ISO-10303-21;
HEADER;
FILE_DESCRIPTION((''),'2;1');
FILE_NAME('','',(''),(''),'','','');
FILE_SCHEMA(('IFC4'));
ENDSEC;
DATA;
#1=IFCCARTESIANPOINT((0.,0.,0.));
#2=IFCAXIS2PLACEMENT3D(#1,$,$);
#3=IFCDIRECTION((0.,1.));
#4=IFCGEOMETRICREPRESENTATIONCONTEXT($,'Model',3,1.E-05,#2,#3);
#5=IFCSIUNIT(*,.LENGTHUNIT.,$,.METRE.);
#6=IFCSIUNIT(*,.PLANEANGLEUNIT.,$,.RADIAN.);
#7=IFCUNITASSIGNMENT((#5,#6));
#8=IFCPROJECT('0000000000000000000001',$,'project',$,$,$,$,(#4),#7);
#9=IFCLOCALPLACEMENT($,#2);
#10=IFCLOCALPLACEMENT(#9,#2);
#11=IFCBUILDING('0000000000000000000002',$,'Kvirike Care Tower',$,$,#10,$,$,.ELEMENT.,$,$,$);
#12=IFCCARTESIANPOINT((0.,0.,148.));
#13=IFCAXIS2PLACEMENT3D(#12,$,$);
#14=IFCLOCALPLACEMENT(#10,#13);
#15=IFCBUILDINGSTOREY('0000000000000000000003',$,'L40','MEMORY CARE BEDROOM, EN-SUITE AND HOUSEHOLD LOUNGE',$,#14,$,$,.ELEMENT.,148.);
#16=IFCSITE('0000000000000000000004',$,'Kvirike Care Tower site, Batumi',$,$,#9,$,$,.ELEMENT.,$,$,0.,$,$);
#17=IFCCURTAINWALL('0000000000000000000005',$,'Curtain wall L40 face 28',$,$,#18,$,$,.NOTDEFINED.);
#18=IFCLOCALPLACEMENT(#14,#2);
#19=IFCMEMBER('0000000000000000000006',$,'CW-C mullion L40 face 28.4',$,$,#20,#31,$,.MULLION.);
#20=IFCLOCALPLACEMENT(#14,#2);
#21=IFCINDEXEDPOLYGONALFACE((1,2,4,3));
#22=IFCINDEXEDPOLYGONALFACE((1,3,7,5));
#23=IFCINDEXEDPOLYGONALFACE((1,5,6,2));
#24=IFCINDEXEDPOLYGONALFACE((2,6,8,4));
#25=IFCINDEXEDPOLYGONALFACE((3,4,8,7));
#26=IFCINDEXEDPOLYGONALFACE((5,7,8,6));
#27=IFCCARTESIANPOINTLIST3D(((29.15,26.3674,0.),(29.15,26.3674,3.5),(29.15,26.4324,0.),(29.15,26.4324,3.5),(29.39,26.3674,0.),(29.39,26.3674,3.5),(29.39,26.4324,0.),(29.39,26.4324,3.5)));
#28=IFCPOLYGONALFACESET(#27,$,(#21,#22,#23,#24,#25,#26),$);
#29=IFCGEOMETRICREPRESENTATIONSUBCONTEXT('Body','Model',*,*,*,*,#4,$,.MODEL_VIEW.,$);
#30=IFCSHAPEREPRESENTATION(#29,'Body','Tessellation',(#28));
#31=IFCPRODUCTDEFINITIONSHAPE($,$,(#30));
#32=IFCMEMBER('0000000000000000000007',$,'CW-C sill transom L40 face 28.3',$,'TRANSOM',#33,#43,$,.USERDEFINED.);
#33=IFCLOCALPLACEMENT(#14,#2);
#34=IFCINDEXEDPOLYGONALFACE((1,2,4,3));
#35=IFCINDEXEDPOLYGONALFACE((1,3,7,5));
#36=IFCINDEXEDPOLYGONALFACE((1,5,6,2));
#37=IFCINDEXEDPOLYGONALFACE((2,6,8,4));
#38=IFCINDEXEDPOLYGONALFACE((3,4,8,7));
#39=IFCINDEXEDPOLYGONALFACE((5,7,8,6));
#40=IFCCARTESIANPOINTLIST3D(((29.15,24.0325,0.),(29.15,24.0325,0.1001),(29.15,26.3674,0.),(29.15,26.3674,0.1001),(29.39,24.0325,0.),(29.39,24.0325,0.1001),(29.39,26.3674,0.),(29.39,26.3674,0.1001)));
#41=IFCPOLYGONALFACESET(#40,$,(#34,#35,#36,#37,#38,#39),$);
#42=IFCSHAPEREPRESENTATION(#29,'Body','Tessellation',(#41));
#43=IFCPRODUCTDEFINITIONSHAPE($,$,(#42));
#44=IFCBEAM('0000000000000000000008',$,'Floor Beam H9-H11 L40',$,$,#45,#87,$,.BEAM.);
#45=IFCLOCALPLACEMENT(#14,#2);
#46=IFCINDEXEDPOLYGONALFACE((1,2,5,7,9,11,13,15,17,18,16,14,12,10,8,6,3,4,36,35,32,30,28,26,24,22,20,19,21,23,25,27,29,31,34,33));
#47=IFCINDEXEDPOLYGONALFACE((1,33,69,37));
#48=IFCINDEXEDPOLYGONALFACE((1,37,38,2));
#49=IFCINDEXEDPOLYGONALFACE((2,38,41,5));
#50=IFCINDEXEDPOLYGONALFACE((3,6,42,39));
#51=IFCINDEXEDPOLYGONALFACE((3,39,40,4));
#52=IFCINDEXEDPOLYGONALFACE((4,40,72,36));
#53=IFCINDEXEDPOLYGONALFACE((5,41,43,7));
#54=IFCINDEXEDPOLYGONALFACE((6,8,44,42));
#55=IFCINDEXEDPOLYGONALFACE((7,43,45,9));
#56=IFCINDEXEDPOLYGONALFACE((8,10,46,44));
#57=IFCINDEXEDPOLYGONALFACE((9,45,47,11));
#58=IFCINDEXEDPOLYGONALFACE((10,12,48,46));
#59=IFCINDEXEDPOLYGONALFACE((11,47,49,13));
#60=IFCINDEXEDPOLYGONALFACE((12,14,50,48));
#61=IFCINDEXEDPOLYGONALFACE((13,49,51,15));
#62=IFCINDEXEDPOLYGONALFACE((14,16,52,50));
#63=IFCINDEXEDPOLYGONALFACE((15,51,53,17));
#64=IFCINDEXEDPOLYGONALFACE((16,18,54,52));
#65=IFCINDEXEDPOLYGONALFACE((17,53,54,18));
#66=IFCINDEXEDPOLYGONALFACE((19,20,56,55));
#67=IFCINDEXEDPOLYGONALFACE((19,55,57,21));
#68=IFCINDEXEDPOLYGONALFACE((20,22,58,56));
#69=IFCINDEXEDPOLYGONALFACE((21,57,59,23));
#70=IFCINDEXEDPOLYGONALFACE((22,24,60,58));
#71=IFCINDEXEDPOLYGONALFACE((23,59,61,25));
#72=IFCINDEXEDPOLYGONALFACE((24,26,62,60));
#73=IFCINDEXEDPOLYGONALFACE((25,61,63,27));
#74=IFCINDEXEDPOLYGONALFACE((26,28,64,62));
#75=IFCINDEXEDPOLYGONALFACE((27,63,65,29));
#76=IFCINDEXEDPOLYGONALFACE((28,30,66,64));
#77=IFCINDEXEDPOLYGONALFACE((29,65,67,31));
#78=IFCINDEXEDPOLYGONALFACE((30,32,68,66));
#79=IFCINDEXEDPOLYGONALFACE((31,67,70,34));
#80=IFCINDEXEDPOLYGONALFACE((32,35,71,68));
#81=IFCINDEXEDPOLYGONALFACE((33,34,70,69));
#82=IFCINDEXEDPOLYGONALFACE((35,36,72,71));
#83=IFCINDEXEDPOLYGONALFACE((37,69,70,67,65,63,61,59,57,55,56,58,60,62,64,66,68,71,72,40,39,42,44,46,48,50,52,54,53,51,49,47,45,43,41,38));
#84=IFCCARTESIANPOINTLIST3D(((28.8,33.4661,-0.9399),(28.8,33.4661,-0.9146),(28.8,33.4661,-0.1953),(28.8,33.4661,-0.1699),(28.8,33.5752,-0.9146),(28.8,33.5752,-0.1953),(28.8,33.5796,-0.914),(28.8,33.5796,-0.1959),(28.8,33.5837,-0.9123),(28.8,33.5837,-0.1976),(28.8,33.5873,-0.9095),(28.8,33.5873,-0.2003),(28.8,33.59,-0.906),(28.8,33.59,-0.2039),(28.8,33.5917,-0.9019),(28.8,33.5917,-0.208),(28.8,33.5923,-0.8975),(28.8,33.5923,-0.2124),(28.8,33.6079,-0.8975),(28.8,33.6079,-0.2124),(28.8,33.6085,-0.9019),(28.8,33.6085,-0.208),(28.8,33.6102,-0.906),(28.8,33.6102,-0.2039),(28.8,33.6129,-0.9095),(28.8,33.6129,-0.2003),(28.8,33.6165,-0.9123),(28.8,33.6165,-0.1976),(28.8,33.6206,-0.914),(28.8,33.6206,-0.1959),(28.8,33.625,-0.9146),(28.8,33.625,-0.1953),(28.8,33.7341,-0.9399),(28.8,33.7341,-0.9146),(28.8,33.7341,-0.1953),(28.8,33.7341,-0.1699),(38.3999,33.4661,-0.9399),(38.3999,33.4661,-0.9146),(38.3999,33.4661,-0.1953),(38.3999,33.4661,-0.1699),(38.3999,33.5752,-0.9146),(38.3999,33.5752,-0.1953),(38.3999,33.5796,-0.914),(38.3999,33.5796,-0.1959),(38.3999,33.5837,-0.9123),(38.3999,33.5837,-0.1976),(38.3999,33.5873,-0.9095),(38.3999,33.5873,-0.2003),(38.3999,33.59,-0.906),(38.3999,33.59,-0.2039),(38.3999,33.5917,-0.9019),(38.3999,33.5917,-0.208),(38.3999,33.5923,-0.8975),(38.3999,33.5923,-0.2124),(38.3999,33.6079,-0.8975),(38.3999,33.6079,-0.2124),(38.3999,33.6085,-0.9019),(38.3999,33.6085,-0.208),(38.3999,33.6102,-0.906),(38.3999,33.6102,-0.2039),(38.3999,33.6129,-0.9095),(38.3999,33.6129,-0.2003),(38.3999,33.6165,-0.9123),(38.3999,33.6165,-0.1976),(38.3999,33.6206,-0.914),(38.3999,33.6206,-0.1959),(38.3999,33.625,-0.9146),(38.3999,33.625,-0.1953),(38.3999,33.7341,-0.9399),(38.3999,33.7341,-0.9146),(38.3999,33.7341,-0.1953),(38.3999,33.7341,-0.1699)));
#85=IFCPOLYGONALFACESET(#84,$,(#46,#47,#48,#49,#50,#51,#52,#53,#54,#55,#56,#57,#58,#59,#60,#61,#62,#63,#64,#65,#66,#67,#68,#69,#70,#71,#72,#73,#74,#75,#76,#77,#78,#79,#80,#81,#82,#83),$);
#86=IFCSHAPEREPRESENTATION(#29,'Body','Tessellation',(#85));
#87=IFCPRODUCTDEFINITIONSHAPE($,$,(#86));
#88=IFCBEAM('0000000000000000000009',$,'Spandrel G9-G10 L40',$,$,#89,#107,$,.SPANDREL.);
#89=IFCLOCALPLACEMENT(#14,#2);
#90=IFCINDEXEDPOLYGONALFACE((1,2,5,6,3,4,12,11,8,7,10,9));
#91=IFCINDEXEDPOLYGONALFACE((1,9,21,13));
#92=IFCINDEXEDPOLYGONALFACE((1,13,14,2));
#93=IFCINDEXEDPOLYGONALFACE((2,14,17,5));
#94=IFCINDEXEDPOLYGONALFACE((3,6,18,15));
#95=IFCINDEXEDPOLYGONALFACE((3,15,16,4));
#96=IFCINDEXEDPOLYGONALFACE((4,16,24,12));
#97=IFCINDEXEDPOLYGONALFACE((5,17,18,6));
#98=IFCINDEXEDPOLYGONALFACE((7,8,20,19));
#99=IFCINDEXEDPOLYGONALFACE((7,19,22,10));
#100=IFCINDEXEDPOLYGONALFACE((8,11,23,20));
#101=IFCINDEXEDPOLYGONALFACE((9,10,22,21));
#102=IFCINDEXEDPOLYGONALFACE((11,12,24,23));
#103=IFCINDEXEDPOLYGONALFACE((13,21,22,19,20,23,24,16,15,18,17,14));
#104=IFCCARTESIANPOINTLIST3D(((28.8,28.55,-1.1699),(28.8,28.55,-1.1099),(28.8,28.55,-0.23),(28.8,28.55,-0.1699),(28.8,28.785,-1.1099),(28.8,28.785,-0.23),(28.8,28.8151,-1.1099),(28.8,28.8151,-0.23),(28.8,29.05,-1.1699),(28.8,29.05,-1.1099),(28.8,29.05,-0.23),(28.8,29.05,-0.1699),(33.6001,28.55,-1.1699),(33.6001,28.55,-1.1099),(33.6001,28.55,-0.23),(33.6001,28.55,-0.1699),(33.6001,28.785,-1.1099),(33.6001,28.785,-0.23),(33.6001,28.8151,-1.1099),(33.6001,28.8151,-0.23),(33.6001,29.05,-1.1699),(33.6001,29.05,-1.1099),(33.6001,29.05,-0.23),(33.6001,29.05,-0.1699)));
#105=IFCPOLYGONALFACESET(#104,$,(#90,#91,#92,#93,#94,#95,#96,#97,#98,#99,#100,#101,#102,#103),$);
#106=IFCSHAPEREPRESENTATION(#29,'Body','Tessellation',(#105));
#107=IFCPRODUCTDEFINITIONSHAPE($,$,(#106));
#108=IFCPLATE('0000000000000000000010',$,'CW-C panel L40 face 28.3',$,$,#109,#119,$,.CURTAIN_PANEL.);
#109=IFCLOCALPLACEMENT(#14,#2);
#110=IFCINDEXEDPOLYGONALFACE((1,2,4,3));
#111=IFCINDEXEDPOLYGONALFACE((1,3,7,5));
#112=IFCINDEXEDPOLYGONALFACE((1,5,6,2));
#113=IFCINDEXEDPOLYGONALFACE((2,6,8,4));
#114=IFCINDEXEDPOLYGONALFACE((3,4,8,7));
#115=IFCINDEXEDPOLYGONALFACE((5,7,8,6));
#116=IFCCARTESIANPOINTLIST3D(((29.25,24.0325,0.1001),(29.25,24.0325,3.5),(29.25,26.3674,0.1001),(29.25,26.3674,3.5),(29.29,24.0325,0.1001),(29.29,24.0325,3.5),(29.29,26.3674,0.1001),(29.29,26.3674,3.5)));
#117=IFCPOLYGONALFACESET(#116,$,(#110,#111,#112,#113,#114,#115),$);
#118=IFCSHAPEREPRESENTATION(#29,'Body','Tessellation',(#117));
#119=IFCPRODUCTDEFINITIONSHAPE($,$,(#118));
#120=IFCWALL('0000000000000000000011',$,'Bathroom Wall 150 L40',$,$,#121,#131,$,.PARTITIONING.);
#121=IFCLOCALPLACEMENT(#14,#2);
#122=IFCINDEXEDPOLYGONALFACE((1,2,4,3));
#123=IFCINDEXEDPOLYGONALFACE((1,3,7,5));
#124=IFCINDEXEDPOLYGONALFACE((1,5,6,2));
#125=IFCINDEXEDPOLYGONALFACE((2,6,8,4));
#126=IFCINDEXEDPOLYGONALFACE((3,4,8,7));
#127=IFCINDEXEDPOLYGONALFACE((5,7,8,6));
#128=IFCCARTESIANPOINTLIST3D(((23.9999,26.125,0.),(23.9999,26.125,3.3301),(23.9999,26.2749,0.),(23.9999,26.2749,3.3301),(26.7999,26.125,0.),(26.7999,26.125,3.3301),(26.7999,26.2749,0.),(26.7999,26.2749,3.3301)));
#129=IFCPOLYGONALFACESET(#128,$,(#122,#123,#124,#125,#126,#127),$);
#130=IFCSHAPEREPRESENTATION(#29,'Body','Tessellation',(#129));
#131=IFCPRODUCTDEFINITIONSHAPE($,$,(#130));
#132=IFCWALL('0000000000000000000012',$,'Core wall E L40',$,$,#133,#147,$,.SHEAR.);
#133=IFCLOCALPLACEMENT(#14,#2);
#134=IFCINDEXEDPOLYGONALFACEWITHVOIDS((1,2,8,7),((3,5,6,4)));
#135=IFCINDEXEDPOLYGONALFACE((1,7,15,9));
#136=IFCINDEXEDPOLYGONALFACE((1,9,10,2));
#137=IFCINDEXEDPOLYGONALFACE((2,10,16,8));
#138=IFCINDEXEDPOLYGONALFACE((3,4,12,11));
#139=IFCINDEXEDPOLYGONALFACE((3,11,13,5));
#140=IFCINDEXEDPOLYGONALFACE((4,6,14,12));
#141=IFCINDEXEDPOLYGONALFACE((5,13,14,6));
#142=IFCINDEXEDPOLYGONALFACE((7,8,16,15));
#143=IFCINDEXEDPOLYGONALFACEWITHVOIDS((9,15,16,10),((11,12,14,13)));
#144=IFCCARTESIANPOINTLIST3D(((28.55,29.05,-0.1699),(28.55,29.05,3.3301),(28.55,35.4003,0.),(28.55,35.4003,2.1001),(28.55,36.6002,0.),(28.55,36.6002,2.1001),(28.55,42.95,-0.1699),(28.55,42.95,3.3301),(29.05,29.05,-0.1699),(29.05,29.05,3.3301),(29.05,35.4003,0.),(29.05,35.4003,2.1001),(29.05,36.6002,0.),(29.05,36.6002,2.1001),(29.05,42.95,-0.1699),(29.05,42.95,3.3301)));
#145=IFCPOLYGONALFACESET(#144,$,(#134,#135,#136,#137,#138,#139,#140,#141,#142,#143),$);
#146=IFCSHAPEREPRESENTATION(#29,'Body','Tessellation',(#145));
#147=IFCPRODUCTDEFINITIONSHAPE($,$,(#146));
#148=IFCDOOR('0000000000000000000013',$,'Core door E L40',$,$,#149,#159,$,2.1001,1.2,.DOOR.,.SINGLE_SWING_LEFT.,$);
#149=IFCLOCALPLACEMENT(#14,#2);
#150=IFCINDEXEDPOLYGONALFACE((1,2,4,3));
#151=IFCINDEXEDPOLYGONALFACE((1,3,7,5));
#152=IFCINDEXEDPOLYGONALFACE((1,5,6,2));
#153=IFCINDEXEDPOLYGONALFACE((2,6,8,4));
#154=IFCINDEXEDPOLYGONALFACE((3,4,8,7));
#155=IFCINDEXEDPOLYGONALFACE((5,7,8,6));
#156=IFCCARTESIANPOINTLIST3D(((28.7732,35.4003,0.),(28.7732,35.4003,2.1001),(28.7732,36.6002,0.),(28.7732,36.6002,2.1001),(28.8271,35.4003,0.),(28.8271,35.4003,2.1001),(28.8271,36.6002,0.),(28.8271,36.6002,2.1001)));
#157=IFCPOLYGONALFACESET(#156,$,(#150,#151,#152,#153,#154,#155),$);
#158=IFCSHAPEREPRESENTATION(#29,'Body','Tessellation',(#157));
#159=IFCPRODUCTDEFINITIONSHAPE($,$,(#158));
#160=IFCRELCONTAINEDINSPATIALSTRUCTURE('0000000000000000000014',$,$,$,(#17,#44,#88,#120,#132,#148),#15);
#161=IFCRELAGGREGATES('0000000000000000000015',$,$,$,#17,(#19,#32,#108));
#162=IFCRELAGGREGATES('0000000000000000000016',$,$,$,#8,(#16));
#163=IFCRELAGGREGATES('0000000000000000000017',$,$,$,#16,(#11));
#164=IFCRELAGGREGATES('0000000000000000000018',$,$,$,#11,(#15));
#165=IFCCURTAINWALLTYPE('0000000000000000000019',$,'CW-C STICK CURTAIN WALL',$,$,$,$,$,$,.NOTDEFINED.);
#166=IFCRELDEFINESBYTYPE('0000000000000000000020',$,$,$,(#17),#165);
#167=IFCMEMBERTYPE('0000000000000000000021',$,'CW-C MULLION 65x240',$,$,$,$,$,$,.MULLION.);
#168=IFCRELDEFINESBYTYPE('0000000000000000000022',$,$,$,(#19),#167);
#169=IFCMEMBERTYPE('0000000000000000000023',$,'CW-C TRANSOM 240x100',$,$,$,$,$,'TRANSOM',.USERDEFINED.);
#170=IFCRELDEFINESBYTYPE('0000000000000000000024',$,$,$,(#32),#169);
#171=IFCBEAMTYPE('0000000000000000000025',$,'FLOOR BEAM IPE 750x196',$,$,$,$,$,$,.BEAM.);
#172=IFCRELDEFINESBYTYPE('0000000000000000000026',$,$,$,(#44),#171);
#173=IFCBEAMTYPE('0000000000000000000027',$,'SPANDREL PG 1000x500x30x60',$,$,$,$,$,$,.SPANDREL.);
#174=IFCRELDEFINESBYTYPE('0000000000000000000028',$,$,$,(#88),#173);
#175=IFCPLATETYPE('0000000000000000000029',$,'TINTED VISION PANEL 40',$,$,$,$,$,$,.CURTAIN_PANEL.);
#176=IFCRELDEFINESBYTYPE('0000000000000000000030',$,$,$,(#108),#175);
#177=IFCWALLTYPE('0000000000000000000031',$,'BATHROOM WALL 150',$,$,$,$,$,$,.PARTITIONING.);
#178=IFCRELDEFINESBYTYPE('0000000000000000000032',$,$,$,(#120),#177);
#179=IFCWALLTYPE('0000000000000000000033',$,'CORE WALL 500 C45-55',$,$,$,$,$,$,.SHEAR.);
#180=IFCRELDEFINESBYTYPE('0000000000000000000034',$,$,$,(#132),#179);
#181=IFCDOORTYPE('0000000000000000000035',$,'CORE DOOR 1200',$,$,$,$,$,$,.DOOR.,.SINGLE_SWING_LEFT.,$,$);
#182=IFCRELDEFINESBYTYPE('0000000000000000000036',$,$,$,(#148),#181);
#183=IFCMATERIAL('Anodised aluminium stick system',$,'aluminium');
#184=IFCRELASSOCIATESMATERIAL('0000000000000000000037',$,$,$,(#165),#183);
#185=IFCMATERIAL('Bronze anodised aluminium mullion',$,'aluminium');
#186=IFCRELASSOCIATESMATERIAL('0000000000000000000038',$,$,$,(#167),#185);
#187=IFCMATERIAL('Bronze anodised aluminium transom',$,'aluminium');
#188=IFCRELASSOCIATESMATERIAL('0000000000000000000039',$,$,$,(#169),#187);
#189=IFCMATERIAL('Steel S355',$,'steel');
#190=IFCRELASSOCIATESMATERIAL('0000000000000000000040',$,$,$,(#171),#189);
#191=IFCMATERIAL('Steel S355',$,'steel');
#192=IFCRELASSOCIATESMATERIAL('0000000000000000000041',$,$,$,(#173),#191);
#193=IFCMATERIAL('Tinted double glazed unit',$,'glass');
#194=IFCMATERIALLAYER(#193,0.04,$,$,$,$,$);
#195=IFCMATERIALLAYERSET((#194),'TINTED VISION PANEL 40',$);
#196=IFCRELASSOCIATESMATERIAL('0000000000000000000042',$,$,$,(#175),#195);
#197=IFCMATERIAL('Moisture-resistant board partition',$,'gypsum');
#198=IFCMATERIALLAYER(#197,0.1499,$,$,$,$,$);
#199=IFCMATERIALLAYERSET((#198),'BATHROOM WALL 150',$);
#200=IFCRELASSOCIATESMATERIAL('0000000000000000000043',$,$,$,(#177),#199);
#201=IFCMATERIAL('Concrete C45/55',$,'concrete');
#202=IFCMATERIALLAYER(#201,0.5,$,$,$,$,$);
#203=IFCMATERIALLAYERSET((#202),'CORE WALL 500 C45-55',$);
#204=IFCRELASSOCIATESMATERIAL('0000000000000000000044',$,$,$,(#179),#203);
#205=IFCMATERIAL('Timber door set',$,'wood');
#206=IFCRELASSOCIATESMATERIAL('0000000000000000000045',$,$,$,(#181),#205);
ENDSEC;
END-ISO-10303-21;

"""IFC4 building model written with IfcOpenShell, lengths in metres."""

from ifc_helpers import new_model, si_unit, direction, frame, frame_2d, origin, origin_2d, place, context, subcontext, project, spatial, rectangle, i_section, extrude, material, layer, layer_set, material_profile, profile_set, type_object, element, fill, aggregate, save


model = new_model("IFC4")

# Units and contexts
model_context = context("Model", 3, precision=1e-05, world=origin(), true_north=direction((0.0, 1.0)))
body_context = subcontext(model_context, "Body", "Model", "MODEL_VIEW")
ifc_project = project(units=[si_unit("LENGTHUNIT", "METRE"), si_unit("PLANEANGLEUNIT", "RADIAN")], contexts=[model_context])

# Site, building, storey
site_placement = place(None, origin())
site = spatial("IfcSite", under=ifc_project, at=site_placement, Name="Kvirike Care Tower site, Batumi", CompositionType="ELEMENT", RefElevation=0.0)
building_placement = place(site_placement, origin())
building = spatial("IfcBuilding", under=site, at=building_placement, Name="Kvirike Care Tower", CompositionType="ELEMENT")
storey_placement = place(building_placement, frame((0.0, 0.0, 148.0)))
storey = spatial("IfcBuildingStorey", under=building, at=storey_placement, Name="L40", Description="MEMORY CARE BEDROOM, EN-SUITE AND HOUSEHOLD LOUNGE", CompositionType="ELEMENT", Elevation=148.0)

# Curtain wall, members
ifc_material_1 = material(Name="Anodised aluminium stick system", Category="aluminium")
curtain_wall_type = type_object("IfcCurtainWallType", Name="CW-C STICK CURTAIN WALL", PredefinedType="NOTDEFINED", material=ifc_material_1)
curtain_wall_placement = place(storey_placement, origin())
curtain_wall = element("IfcCurtainWall", 1, at=curtain_wall_placement, inside=storey, type_object=curtain_wall_type, Name="Curtain wall L40 face 28", PredefinedType="NOTDEFINED")
ifc_material_2 = material(Name="Bronze anodised aluminium mullion", Category="aluminium")
ifc_material_profile_1 = material_profile(ifc_material_2, rectangle(XDim=0.0649, YDim=0.24, at=origin_2d()), Name="CW-C MULLION 65x240")
ifc_profile_set_1 = profile_set([ifc_material_profile_1], Name="Bronze anodised aluminium mullion")
member_type_1 = type_object("IfcMemberType", Name="CW-C MULLION 65x240", PredefinedType="MULLION", material=ifc_profile_set_1)
member_1_placement = place(storey_placement, frame((29.27, 26.3999, 0.0), z_axis=(0.0, 0.0, 1.0), x_axis=(0.0, 1.0, 0.0)))
member_1 = element("IfcMember", 2, at=member_1_placement, type_object=member_type_1, Name="CW-C mullion L40 face 28.4", PredefinedType="MULLION", context=body_context, shape_type="SweptSolid", body=[
    extrude(rectangle(XDim=0.0649, YDim=0.24, at=origin_2d()), origin(), (0.0, 0.0, 1.0), 3.5),
])
ifc_material_3 = material(Name="Bronze anodised aluminium transom", Category="aluminium")
ifc_material_profile_2 = material_profile(ifc_material_3, rectangle(XDim=0.24, YDim=0.1001, at=origin_2d()), Name="CW-C TRANSOM 240x100")
ifc_profile_set_2 = profile_set([ifc_material_profile_2], Name="Bronze anodised aluminium transom")
member_type_2 = type_object("IfcMemberType", Name="CW-C TRANSOM 240x100", ElementType="TRANSOM", PredefinedType="USERDEFINED", material=ifc_profile_set_2)
member_2_placement = place(storey_placement, frame((29.27, 24.0325, 0.05), z_axis=(0.0, 1.0, 0.0), x_axis=(-1.0, 0.0, 0.0)))
member_2 = element("IfcMember", 3, at=member_2_placement, type_object=member_type_2, Name="CW-C sill transom L40 face 28.3", ObjectType="TRANSOM", PredefinedType="USERDEFINED", context=body_context, shape_type="SweptSolid", body=[
    extrude(rectangle(XDim=0.24, YDim=0.1001, at=origin_2d()), origin(), (0.0, 0.0, 1.0), 2.335),
])

# Beams
ifc_material_4 = material(Name="Steel S355", Category="steel")
ifc_material_profile_3 = material_profile(ifc_material_4, i_section(OverallWidth=0.2681, OverallDepth=0.77, WebThickness=0.0156, FlangeThickness=0.0254, FilletRadius=0.0171, at=origin_2d()), Name="IPE 750x196")
ifc_profile_set_3 = profile_set([ifc_material_profile_3], Name="Steel S355")
beam_type_1 = type_object("IfcBeamType", Name="FLOOR BEAM IPE 750x196", PredefinedType="BEAM", material=ifc_profile_set_3)
beam_1_placement = place(storey_placement, frame((28.8, 33.6001, -0.5549), z_axis=(1.0, 0.0, 0.0), x_axis=(0.0, 1.0, 0.0)))
element("IfcBeam", 4, at=beam_1_placement, inside=storey, type_object=beam_type_1, Name="Floor Beam H9-H11 L40", PredefinedType="BEAM", context=body_context, shape_type="SweptSolid", body=[
    extrude(i_section(OverallWidth=0.2681, OverallDepth=0.77, WebThickness=0.0156, FlangeThickness=0.0254, FilletRadius=0.0171, at=origin_2d()), origin(), (0.0, 0.0, 1.0), 9.5999),
])
ifc_material_5 = material(Name="Steel S355", Category="steel")
ifc_material_profile_4 = material_profile(ifc_material_5, i_section(OverallWidth=0.5, OverallDepth=1.0, WebThickness=0.03, FlangeThickness=0.0601, at=origin_2d()), Name="PG 1000x500x30x60")
ifc_profile_set_4 = profile_set([ifc_material_profile_4], Name="Steel S355")
beam_type_2 = type_object("IfcBeamType", Name="SPANDREL PG 1000x500x30x60", PredefinedType="SPANDREL", material=ifc_profile_set_4)
beam_2_placement = place(storey_placement, frame((28.8, 28.8, -0.6699), z_axis=(1.0, 0.0, 0.0), x_axis=(0.0, 1.0, 0.0)))
element("IfcBeam", 5, at=beam_2_placement, inside=storey, type_object=beam_type_2, Name="Spandrel G9-G10 L40", PredefinedType="SPANDREL", context=body_context, shape_type="SweptSolid", body=[
    extrude(i_section(OverallWidth=0.5, OverallDepth=1.0, WebThickness=0.03, FlangeThickness=0.0601, at=origin_2d()), origin(), (0.0, 0.0, 1.0), 4.8),
])

# Plate
ifc_material_6 = material(Name="Tinted double glazed unit", Category="glass")
ifc_layer_1 = layer(ifc_material_6, 0.04)
ifc_layer_set_1 = layer_set([ifc_layer_1], Name="TINTED VISION PANEL 40")
plate_type = type_object("IfcPlateType", Name="TINTED VISION PANEL 40", PredefinedType="CURTAIN_PANEL", material=ifc_layer_set_1)
plate_placement = place(storey_placement, frame((29.27, 25.2, 0.1001), z_axis=(0.0, 0.0, 1.0), x_axis=(0.0, 1.0, 0.0)))
plate = element("IfcPlate", 6, at=plate_placement, type_object=plate_type, Name="CW-C panel L40 face 28.3", PredefinedType="CURTAIN_PANEL", context=body_context, shape_type="SweptSolid", body=[
    extrude(rectangle(XDim=2.335, YDim=0.04, at=origin_2d()), origin(), (0.0, 0.0, 1.0), 3.3999),
])
aggregate(curtain_wall, [member_1, member_2, plate])

# Wall
ifc_material_7 = material(Name="Moisture-resistant board partition", Category="gypsum")
ifc_layer_2 = layer(ifc_material_7, 0.1499)
ifc_layer_set_2 = layer_set([ifc_layer_2], Name="BATHROOM WALL 150")
wall_type_1 = type_object("IfcWallType", Name="BATHROOM WALL 150", PredefinedType="PARTITIONING", material=ifc_layer_set_2)
wall_1_placement = place(storey_placement, frame((24.0, 26.2, 0.0), z_axis=(0.0, 0.0, 1.0), x_axis=(1.0, 0.0, 0.0)))
element("IfcWall", 7, at=wall_1_placement, inside=storey, type_object=wall_type_1, Name="Bathroom Wall 150 L40", PredefinedType="PARTITIONING", context=body_context, shape_type="SweptSolid", body=[
    extrude(rectangle(XDim=2.8, YDim=0.1499, at=frame_2d((1.3999, 0.0))), origin(), (0.0, 0.0, 1.0), 3.3301),
])

# Wall, opening, door
ifc_material_8 = material(Name="Concrete C45/55", Category="concrete")
ifc_layer_3 = layer(ifc_material_8, 0.5)
ifc_layer_set_3 = layer_set([ifc_layer_3], Name="CORE WALL 500 C45-55")
wall_type_2 = type_object("IfcWallType", Name="CORE WALL 500 C45-55", PredefinedType="SHEAR", material=ifc_layer_set_3)
wall_2_placement = place(storey_placement, frame((28.8, 29.05, -0.1699), z_axis=(0.0, 0.0, 1.0), x_axis=(0.0, 1.0, 0.0)))
wall_2 = element("IfcWall", 8, at=wall_2_placement, inside=storey, type_object=wall_type_2, Name="Core wall E L40", PredefinedType="SHEAR", context=body_context, shape_type="SweptSolid", body=[
    extrude(rectangle(XDim=13.8999, YDim=0.5, at=frame_2d((6.95, 0.0))), origin(), (0.0, 0.0, 1.0), 3.5),
])
opening_1_placement = place(wall_2_placement, frame((6.3501, 0.0, 0.1699)))
opening_1 = element("IfcOpeningElement", 9, at=opening_1_placement, cuts=wall_2, PredefinedType="OPENING", context=body_context, shape_type="SweptSolid", body=[
    extrude(rectangle(XDim=1.2, YDim=2.1001, at=frame_2d((0.6001, 1.05))), frame((0.0, 0.2605, 0.0), z_axis=(0.0, -1.0, 0.0), x_axis=(1.0, 0.0, 0.0)), (0.0, 0.0, 1.0), 0.521),
])
ifc_material_9 = material(Name="Timber door set", Category="wood")
door_type_1 = type_object("IfcDoorType", Name="CORE DOOR 1200", OperationType="SINGLE_SWING_LEFT", PredefinedType="DOOR", material=ifc_material_9)
door_1_placement = place(opening_1_placement, origin())
door_1 = element("IfcDoor", 10, at=door_1_placement, inside=storey, type_object=door_type_1, Name="Core door E L40", OperationType="SINGLE_SWING_LEFT", OverallHeight=2.1001, OverallWidth=1.2, PredefinedType="DOOR", context=body_context, shape_type="SweptSolid", body=[
    extrude(rectangle(XDim=1.2, YDim=2.1001, at=frame_2d((0.6001, 1.05))), frame((0.0, 0.0269, 0.0), z_axis=(0.0, -1.0, 0.0), x_axis=(1.0, 0.0, 0.0)), (0.0, 0.0, 1.0), 0.054),
])
fill(opening_1, door_1)

save(model, "model.ifc")
